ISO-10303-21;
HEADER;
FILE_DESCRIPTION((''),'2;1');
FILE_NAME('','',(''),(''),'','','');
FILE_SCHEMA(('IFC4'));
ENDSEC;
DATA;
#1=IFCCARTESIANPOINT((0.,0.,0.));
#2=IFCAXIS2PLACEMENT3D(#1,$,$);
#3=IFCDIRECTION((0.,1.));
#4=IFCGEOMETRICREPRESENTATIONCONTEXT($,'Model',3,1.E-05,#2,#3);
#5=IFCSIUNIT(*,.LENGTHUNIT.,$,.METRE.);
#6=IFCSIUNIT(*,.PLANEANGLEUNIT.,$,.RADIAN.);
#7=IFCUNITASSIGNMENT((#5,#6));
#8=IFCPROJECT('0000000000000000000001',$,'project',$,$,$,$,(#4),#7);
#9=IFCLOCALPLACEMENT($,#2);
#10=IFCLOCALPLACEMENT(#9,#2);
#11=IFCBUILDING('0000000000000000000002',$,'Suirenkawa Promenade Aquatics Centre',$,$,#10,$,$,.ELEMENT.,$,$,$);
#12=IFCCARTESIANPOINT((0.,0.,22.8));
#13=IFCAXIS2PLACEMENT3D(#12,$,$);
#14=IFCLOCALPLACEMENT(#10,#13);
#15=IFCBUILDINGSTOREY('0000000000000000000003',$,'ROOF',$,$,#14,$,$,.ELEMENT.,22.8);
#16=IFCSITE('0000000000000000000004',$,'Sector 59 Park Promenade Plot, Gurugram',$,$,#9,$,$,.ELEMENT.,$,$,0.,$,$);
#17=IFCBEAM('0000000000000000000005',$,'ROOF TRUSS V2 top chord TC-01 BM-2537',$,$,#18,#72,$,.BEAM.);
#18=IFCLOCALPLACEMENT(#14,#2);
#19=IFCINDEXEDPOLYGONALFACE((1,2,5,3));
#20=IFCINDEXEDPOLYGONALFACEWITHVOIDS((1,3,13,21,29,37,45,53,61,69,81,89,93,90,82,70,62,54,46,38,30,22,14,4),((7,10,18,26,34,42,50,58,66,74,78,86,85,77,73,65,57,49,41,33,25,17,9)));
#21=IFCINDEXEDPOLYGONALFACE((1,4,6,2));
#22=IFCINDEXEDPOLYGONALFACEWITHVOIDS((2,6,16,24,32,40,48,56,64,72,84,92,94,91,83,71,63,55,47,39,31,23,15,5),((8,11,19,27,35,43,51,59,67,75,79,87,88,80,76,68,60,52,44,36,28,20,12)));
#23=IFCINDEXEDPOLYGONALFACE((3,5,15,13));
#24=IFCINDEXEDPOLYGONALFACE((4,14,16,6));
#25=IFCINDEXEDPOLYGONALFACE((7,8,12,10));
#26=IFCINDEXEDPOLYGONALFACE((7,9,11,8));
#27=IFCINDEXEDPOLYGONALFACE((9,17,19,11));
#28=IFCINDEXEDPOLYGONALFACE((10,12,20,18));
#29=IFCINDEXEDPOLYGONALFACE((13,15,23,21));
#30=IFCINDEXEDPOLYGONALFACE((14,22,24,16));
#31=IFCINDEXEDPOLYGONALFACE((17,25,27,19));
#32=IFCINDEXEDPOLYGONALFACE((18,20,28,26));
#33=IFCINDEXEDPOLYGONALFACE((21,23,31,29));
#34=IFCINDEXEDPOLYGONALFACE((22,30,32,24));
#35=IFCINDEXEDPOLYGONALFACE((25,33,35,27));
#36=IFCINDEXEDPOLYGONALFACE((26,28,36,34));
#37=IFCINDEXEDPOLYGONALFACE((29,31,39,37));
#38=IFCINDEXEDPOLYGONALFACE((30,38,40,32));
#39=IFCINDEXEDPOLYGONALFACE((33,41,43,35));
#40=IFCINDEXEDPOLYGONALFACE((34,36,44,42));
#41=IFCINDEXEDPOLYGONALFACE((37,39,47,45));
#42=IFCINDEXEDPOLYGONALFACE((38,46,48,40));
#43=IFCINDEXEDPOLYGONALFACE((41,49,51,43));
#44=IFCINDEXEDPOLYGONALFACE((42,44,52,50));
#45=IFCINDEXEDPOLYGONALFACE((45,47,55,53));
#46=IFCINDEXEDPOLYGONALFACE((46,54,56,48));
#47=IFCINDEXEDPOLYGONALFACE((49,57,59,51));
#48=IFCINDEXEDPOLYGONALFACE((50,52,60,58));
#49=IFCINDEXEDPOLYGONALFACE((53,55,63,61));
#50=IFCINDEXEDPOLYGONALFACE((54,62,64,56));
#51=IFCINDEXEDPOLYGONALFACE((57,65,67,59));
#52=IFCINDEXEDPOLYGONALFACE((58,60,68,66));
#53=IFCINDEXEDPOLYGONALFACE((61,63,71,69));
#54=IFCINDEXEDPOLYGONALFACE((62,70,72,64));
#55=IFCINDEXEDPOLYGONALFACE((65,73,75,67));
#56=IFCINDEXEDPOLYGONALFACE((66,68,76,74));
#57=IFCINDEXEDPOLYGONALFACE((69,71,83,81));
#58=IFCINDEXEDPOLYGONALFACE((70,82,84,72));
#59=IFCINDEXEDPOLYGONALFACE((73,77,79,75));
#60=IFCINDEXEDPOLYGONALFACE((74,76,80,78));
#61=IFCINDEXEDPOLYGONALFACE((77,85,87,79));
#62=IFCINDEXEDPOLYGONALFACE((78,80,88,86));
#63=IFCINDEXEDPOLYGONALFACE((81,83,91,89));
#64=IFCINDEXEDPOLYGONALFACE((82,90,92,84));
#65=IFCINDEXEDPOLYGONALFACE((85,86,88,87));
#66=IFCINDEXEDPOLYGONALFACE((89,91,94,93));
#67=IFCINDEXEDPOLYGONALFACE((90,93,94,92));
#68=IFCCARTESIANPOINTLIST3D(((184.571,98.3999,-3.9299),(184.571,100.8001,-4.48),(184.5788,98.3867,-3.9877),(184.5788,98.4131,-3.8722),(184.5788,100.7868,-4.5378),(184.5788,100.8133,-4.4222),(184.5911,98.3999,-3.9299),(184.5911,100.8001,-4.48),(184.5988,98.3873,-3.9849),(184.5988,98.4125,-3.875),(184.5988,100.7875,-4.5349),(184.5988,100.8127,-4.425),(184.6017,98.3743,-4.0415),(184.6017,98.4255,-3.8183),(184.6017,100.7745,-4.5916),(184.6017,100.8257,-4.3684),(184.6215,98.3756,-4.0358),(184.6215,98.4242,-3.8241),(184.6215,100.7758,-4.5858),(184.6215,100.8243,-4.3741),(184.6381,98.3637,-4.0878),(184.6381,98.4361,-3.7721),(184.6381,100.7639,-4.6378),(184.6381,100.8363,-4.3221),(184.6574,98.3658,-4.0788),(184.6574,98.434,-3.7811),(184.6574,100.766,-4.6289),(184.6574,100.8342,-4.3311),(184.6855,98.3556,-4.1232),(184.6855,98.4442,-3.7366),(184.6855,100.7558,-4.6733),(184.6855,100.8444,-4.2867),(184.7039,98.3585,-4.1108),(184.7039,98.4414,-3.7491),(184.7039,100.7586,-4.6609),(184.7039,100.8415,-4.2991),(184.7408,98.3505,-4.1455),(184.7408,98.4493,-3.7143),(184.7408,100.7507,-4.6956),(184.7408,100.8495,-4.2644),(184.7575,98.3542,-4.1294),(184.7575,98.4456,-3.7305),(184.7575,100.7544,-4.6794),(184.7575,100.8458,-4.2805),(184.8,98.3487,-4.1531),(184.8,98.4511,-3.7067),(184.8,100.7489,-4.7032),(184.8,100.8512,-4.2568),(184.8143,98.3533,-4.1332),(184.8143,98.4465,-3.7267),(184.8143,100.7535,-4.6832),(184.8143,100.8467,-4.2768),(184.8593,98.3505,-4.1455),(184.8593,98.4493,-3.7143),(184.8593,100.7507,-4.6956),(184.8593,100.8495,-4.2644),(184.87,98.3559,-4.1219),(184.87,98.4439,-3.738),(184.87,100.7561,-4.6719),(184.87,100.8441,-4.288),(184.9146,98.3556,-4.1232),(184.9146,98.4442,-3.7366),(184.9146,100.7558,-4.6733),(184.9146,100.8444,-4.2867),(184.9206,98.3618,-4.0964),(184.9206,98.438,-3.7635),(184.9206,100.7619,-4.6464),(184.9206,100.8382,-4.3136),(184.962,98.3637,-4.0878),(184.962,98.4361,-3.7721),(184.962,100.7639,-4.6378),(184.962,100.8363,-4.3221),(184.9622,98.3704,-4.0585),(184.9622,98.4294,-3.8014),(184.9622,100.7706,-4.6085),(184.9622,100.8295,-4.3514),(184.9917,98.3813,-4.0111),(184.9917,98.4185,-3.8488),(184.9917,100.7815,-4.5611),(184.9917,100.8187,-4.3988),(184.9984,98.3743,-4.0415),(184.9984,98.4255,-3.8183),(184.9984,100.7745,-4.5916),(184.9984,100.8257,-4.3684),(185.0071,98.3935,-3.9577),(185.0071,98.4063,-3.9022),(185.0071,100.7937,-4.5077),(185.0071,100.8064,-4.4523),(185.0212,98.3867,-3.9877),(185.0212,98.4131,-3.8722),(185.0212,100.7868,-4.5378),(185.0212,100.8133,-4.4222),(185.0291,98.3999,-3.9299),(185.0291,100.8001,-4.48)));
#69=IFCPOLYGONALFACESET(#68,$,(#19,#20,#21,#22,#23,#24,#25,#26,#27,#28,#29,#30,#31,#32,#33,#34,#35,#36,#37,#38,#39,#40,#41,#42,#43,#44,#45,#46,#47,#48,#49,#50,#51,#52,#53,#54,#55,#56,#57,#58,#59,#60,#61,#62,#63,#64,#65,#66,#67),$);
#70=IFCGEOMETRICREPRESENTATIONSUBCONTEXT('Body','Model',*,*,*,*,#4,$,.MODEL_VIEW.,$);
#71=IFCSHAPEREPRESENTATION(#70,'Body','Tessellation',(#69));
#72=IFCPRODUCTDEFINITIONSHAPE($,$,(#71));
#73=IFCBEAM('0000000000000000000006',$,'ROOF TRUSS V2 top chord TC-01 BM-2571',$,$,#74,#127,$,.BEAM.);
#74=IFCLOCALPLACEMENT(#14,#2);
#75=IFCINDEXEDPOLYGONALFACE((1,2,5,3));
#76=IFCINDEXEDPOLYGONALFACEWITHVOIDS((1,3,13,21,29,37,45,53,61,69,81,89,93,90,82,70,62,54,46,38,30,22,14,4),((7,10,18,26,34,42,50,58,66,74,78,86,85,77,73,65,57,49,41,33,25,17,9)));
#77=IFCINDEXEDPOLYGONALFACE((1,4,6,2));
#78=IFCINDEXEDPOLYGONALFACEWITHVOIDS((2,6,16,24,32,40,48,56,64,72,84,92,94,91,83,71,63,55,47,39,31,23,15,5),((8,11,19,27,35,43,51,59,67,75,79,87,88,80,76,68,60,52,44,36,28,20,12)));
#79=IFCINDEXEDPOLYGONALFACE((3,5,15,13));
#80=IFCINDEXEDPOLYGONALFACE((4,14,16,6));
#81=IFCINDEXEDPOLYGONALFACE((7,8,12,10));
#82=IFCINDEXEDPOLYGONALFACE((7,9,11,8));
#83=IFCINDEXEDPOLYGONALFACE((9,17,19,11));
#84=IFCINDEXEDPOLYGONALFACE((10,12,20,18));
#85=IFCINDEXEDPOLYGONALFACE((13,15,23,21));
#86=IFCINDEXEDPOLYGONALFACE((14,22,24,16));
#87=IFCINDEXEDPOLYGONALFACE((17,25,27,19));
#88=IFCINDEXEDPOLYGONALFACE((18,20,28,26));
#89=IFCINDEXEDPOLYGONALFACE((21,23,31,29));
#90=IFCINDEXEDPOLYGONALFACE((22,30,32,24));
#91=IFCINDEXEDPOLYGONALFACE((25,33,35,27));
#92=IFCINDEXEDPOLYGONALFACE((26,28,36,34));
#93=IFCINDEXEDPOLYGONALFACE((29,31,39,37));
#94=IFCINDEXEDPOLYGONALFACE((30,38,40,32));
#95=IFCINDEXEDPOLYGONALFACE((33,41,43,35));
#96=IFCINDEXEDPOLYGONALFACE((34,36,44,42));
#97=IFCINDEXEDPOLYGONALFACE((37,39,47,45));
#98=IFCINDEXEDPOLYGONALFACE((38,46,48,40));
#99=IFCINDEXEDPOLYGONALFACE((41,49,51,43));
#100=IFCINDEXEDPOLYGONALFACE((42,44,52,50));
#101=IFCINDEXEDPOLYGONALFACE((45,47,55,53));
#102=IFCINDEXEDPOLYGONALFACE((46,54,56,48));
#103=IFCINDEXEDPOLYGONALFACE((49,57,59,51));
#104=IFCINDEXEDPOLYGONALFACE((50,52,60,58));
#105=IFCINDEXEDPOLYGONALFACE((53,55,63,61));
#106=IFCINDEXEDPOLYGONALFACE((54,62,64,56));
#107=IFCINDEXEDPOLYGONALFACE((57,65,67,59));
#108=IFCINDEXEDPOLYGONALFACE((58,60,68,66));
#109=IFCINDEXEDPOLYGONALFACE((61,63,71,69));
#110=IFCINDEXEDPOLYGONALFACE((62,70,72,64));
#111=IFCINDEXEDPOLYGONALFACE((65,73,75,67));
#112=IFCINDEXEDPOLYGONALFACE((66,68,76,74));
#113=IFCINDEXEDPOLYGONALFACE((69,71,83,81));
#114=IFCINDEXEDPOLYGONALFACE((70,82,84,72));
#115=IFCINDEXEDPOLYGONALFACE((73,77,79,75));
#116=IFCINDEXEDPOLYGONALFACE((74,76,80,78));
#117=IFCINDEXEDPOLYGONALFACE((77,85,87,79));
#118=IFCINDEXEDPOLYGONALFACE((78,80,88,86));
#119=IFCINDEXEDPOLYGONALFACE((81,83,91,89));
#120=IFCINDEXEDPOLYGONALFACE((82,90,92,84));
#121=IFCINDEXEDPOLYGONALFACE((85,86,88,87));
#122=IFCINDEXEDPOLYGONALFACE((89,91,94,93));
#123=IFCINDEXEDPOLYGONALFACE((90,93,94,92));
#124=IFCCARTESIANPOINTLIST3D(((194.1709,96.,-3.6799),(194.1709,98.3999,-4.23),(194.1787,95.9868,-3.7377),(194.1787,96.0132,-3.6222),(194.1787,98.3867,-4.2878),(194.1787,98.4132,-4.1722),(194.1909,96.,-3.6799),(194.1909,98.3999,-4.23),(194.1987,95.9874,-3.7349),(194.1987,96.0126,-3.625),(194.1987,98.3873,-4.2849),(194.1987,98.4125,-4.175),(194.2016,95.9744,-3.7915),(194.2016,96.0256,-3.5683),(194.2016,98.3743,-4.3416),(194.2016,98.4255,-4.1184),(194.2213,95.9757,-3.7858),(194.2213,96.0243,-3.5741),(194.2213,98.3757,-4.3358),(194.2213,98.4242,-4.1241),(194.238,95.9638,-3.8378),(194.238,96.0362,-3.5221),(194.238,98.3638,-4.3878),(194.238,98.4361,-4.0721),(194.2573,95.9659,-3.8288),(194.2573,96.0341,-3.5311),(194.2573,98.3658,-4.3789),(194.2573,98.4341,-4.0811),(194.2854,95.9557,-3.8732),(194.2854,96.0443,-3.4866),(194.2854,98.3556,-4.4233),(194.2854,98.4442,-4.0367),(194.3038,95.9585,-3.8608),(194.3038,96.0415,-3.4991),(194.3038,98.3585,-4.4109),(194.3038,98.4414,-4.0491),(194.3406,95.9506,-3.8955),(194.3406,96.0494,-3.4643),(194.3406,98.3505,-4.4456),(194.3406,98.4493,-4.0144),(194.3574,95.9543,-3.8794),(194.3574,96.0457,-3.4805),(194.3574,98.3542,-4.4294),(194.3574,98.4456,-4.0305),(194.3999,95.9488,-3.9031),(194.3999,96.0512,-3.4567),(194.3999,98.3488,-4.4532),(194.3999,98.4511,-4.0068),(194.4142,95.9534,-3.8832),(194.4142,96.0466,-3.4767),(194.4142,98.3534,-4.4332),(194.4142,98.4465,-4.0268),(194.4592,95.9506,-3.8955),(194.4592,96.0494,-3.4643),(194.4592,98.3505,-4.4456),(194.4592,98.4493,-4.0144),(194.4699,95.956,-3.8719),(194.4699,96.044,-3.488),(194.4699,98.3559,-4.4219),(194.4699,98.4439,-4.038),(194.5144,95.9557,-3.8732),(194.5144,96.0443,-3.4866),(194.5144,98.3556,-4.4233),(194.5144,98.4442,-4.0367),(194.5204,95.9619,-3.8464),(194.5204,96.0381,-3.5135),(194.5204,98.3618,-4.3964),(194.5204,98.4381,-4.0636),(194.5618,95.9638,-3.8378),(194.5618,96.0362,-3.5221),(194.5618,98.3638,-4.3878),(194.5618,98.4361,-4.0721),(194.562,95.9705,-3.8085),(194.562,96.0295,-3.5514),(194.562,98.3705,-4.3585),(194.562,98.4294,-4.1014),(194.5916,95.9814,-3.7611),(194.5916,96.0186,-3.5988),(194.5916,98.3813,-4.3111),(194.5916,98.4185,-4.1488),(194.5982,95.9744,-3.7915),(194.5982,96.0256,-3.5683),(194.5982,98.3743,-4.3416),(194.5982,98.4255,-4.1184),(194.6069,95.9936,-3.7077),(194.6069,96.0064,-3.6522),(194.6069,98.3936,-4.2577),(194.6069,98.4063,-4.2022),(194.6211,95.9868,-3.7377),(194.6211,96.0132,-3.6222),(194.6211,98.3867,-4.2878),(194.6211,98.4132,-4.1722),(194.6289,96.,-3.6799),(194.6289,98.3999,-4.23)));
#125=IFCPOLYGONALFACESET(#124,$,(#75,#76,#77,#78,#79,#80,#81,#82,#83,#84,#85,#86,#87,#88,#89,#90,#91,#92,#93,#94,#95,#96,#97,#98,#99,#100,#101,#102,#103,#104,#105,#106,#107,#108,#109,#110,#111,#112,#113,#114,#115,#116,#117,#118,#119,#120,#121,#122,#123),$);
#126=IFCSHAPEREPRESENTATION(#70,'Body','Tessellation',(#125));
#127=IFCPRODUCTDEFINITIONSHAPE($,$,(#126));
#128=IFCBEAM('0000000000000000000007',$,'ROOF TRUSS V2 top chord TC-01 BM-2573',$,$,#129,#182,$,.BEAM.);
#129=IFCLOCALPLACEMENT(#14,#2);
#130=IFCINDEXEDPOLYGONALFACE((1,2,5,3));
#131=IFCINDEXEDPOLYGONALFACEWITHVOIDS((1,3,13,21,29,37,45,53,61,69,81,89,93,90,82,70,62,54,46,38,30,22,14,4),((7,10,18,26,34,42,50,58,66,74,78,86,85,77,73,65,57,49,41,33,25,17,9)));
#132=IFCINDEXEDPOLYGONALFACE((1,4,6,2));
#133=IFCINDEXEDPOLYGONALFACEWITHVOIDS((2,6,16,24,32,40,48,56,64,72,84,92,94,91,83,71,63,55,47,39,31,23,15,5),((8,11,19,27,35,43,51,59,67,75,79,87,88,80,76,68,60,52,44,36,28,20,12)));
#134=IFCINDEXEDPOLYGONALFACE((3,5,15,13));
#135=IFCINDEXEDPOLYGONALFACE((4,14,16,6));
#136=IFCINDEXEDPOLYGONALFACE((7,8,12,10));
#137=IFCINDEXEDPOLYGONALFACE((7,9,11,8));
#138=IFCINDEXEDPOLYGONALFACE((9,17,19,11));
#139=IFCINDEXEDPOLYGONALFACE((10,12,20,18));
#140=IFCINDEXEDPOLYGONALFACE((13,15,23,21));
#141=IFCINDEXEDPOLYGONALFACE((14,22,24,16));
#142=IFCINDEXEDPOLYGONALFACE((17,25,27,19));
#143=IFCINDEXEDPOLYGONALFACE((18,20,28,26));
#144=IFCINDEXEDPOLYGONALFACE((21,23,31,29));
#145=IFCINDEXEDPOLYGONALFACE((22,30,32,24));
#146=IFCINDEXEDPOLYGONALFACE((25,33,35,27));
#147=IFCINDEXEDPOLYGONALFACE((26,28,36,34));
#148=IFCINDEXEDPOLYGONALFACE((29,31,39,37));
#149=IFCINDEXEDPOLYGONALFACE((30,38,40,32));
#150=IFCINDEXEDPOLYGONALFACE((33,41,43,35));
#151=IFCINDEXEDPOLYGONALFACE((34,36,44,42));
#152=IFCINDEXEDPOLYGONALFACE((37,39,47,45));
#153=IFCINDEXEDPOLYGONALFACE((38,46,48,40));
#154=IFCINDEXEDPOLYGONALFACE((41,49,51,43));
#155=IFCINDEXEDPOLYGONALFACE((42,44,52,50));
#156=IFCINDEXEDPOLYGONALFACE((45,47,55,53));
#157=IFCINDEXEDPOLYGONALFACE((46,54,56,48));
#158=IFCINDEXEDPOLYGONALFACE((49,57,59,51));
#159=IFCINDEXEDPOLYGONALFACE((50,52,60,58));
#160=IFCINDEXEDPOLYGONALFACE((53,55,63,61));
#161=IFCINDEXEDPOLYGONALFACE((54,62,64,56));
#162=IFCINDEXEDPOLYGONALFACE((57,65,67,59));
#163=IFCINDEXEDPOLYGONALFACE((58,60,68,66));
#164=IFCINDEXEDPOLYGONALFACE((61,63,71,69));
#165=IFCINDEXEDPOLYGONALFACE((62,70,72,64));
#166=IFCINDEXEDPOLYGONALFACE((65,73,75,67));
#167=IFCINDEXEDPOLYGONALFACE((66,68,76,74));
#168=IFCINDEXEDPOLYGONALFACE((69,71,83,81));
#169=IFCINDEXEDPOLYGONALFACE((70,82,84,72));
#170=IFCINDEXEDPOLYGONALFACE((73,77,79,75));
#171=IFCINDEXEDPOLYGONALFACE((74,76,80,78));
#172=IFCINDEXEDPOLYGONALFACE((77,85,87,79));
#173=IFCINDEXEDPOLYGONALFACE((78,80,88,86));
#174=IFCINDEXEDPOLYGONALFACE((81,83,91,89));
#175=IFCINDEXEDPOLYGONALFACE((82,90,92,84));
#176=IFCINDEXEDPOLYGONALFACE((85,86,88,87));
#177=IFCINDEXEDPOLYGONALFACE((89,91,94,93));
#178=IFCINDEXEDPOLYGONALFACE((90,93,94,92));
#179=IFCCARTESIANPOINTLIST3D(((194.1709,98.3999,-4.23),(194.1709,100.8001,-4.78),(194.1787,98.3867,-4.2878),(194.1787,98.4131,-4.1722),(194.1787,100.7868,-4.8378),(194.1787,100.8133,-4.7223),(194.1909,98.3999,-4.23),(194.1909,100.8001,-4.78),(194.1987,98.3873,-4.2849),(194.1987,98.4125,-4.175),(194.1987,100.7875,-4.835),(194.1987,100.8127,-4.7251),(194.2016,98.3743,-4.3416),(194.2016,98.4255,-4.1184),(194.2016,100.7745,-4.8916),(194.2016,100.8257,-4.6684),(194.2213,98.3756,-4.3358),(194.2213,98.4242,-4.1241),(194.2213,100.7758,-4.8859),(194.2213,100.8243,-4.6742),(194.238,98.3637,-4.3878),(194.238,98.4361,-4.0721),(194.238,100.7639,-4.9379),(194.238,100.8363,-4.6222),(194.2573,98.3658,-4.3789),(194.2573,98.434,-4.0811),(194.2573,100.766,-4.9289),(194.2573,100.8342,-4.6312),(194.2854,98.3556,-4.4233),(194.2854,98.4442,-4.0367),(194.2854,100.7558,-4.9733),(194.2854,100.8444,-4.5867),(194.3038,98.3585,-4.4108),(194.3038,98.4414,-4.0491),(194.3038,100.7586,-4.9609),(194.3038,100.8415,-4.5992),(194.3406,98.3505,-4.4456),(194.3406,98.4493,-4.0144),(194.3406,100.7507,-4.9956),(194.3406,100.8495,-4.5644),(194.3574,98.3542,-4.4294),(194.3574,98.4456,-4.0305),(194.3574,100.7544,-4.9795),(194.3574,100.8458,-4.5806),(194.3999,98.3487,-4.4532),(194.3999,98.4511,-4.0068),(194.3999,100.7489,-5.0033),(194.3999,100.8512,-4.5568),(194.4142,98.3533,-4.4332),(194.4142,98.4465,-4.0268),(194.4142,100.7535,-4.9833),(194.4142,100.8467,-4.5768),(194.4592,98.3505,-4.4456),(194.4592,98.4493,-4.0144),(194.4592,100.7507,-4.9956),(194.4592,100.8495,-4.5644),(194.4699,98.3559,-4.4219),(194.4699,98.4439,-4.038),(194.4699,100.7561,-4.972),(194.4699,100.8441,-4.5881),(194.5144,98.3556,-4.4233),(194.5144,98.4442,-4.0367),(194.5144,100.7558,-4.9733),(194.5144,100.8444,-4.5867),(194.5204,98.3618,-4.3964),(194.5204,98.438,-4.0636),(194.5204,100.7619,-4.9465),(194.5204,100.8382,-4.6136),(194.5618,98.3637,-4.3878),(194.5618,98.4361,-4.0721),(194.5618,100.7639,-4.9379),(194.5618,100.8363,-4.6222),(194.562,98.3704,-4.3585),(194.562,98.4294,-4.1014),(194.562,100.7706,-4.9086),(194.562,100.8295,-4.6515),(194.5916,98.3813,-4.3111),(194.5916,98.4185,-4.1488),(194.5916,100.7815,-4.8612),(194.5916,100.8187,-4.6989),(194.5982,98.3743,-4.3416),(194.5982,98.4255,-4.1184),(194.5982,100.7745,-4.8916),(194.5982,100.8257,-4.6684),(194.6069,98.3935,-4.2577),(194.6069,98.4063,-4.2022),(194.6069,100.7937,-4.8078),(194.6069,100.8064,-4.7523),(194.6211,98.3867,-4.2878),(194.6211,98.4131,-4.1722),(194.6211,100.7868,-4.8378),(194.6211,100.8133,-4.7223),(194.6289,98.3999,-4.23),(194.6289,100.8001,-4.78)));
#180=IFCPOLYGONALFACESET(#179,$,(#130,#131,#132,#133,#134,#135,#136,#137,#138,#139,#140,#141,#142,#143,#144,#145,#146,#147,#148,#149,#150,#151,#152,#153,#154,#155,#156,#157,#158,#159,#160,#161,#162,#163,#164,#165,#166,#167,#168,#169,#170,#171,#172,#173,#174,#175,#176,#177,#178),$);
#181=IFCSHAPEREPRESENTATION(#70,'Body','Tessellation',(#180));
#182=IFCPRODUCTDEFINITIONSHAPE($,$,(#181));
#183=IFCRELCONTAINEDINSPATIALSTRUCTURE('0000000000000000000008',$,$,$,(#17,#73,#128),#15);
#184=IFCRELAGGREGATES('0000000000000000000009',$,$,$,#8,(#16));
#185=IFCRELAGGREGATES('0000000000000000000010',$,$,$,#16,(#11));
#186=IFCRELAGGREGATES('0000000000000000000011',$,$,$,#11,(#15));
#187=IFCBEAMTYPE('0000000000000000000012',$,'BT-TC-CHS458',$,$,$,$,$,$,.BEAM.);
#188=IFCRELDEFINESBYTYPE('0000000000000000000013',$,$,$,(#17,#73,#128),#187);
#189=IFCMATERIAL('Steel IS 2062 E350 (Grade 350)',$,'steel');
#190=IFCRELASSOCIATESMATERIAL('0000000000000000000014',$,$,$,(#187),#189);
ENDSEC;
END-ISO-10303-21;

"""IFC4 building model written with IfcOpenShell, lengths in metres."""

from ifc_helpers import new_model, si_unit, direction, frame, origin, origin_2d, place, context, subcontext, project, spatial, hollow_circle, extrude, material, material_profile, profile_set, type_object, element, save


model = new_model("IFC4")

# Units and contexts
model_context = context("Model", 3, precision=1e-05, world=origin(), true_north=direction((0.0, 1.0)))
body_context = subcontext(model_context, "Body", "Model", "MODEL_VIEW")
ifc_project = project(units=[si_unit("LENGTHUNIT", "METRE"), si_unit("PLANEANGLEUNIT", "RADIAN")], contexts=[model_context])

# Site, building, storey
site_placement = place(None, origin())
site = spatial("IfcSite", under=ifc_project, at=site_placement, Name="Sector 59 Park Promenade Plot, Gurugram", CompositionType="ELEMENT", RefElevation=0.0)
building_placement = place(site_placement, origin())
building = spatial("IfcBuilding", under=site, at=building_placement, Name="Suirenkawa Promenade Aquatics Centre", CompositionType="ELEMENT")
storey_placement = place(building_placement, frame((0.0, 0.0, 22.8)))
storey = spatial("IfcBuildingStorey", under=building, at=storey_placement, Name="ROOF", CompositionType="ELEMENT", Elevation=22.8)

# Beams
ifc_material = material(Name="Steel IS 2062 E350 (Grade 350)", Category="steel")
ifc_material_profile_1 = material_profile(ifc_material, hollow_circle(Radius=0.229, WallThickness=0.02, at=origin_2d()), Name="CHS 458x20", Category="steel")
ifc_profile_set_1 = profile_set([ifc_material_profile_1], Name="Steel IS 2062 E350 (Grade 350)")
beam_type_1 = type_object("IfcBeamType", Name="BT-TC-CHS458", PredefinedType="BEAM", material=ifc_profile_set_1)
beam_1_placement = place(storey_placement, frame((184.8, 98.3999, -3.9299), z_axis=(0.0, 0.974731, -0.223382), x_axis=(-1.0, 0.0, 0.0)))
element("IfcBeam", 1, at=beam_1_placement, inside=storey, type_object=beam_type_1, Name="ROOF TRUSS V2 top chord TC-01 BM-2537", PredefinedType="BEAM", context=body_context, shape_type="SweptSolid", body=[
    extrude(hollow_circle(Radius=0.229, WallThickness=0.02, at=origin_2d()), origin(), (0.0, 0.0, 1.0), 2.4624),
])
beam_2_placement = place(storey_placement, frame((194.3999, 96.0, -3.6799), z_axis=(0.0, 0.974726, -0.223404), x_axis=(-1.0, 0.0, 0.0)))
element("IfcBeam", 2, at=beam_2_placement, inside=storey, type_object=beam_type_1, Name="ROOF TRUSS V2 top chord TC-01 BM-2571", PredefinedType="BEAM", context=body_context, shape_type="SweptSolid", body=[
    extrude(hollow_circle(Radius=0.229, WallThickness=0.02, at=origin_2d()), origin(), (0.0, 0.0, 1.0), 2.4622),
])
beam_3_placement = place(storey_placement, frame((194.3999, 98.3999, -4.23), z_axis=(0.0, 0.974731, -0.223382), x_axis=(-1.0, 0.0, 0.0)))
element("IfcBeam", 3, at=beam_3_placement, inside=storey, type_object=beam_type_1, Name="ROOF TRUSS V2 top chord TC-01 BM-2573", PredefinedType="BEAM", context=body_context, shape_type="SweptSolid", body=[
    extrude(hollow_circle(Radius=0.229, WallThickness=0.02, at=origin_2d()), origin(), (0.0, 0.0, 1.0), 2.4624),
])

save(model, "model.ifc")
